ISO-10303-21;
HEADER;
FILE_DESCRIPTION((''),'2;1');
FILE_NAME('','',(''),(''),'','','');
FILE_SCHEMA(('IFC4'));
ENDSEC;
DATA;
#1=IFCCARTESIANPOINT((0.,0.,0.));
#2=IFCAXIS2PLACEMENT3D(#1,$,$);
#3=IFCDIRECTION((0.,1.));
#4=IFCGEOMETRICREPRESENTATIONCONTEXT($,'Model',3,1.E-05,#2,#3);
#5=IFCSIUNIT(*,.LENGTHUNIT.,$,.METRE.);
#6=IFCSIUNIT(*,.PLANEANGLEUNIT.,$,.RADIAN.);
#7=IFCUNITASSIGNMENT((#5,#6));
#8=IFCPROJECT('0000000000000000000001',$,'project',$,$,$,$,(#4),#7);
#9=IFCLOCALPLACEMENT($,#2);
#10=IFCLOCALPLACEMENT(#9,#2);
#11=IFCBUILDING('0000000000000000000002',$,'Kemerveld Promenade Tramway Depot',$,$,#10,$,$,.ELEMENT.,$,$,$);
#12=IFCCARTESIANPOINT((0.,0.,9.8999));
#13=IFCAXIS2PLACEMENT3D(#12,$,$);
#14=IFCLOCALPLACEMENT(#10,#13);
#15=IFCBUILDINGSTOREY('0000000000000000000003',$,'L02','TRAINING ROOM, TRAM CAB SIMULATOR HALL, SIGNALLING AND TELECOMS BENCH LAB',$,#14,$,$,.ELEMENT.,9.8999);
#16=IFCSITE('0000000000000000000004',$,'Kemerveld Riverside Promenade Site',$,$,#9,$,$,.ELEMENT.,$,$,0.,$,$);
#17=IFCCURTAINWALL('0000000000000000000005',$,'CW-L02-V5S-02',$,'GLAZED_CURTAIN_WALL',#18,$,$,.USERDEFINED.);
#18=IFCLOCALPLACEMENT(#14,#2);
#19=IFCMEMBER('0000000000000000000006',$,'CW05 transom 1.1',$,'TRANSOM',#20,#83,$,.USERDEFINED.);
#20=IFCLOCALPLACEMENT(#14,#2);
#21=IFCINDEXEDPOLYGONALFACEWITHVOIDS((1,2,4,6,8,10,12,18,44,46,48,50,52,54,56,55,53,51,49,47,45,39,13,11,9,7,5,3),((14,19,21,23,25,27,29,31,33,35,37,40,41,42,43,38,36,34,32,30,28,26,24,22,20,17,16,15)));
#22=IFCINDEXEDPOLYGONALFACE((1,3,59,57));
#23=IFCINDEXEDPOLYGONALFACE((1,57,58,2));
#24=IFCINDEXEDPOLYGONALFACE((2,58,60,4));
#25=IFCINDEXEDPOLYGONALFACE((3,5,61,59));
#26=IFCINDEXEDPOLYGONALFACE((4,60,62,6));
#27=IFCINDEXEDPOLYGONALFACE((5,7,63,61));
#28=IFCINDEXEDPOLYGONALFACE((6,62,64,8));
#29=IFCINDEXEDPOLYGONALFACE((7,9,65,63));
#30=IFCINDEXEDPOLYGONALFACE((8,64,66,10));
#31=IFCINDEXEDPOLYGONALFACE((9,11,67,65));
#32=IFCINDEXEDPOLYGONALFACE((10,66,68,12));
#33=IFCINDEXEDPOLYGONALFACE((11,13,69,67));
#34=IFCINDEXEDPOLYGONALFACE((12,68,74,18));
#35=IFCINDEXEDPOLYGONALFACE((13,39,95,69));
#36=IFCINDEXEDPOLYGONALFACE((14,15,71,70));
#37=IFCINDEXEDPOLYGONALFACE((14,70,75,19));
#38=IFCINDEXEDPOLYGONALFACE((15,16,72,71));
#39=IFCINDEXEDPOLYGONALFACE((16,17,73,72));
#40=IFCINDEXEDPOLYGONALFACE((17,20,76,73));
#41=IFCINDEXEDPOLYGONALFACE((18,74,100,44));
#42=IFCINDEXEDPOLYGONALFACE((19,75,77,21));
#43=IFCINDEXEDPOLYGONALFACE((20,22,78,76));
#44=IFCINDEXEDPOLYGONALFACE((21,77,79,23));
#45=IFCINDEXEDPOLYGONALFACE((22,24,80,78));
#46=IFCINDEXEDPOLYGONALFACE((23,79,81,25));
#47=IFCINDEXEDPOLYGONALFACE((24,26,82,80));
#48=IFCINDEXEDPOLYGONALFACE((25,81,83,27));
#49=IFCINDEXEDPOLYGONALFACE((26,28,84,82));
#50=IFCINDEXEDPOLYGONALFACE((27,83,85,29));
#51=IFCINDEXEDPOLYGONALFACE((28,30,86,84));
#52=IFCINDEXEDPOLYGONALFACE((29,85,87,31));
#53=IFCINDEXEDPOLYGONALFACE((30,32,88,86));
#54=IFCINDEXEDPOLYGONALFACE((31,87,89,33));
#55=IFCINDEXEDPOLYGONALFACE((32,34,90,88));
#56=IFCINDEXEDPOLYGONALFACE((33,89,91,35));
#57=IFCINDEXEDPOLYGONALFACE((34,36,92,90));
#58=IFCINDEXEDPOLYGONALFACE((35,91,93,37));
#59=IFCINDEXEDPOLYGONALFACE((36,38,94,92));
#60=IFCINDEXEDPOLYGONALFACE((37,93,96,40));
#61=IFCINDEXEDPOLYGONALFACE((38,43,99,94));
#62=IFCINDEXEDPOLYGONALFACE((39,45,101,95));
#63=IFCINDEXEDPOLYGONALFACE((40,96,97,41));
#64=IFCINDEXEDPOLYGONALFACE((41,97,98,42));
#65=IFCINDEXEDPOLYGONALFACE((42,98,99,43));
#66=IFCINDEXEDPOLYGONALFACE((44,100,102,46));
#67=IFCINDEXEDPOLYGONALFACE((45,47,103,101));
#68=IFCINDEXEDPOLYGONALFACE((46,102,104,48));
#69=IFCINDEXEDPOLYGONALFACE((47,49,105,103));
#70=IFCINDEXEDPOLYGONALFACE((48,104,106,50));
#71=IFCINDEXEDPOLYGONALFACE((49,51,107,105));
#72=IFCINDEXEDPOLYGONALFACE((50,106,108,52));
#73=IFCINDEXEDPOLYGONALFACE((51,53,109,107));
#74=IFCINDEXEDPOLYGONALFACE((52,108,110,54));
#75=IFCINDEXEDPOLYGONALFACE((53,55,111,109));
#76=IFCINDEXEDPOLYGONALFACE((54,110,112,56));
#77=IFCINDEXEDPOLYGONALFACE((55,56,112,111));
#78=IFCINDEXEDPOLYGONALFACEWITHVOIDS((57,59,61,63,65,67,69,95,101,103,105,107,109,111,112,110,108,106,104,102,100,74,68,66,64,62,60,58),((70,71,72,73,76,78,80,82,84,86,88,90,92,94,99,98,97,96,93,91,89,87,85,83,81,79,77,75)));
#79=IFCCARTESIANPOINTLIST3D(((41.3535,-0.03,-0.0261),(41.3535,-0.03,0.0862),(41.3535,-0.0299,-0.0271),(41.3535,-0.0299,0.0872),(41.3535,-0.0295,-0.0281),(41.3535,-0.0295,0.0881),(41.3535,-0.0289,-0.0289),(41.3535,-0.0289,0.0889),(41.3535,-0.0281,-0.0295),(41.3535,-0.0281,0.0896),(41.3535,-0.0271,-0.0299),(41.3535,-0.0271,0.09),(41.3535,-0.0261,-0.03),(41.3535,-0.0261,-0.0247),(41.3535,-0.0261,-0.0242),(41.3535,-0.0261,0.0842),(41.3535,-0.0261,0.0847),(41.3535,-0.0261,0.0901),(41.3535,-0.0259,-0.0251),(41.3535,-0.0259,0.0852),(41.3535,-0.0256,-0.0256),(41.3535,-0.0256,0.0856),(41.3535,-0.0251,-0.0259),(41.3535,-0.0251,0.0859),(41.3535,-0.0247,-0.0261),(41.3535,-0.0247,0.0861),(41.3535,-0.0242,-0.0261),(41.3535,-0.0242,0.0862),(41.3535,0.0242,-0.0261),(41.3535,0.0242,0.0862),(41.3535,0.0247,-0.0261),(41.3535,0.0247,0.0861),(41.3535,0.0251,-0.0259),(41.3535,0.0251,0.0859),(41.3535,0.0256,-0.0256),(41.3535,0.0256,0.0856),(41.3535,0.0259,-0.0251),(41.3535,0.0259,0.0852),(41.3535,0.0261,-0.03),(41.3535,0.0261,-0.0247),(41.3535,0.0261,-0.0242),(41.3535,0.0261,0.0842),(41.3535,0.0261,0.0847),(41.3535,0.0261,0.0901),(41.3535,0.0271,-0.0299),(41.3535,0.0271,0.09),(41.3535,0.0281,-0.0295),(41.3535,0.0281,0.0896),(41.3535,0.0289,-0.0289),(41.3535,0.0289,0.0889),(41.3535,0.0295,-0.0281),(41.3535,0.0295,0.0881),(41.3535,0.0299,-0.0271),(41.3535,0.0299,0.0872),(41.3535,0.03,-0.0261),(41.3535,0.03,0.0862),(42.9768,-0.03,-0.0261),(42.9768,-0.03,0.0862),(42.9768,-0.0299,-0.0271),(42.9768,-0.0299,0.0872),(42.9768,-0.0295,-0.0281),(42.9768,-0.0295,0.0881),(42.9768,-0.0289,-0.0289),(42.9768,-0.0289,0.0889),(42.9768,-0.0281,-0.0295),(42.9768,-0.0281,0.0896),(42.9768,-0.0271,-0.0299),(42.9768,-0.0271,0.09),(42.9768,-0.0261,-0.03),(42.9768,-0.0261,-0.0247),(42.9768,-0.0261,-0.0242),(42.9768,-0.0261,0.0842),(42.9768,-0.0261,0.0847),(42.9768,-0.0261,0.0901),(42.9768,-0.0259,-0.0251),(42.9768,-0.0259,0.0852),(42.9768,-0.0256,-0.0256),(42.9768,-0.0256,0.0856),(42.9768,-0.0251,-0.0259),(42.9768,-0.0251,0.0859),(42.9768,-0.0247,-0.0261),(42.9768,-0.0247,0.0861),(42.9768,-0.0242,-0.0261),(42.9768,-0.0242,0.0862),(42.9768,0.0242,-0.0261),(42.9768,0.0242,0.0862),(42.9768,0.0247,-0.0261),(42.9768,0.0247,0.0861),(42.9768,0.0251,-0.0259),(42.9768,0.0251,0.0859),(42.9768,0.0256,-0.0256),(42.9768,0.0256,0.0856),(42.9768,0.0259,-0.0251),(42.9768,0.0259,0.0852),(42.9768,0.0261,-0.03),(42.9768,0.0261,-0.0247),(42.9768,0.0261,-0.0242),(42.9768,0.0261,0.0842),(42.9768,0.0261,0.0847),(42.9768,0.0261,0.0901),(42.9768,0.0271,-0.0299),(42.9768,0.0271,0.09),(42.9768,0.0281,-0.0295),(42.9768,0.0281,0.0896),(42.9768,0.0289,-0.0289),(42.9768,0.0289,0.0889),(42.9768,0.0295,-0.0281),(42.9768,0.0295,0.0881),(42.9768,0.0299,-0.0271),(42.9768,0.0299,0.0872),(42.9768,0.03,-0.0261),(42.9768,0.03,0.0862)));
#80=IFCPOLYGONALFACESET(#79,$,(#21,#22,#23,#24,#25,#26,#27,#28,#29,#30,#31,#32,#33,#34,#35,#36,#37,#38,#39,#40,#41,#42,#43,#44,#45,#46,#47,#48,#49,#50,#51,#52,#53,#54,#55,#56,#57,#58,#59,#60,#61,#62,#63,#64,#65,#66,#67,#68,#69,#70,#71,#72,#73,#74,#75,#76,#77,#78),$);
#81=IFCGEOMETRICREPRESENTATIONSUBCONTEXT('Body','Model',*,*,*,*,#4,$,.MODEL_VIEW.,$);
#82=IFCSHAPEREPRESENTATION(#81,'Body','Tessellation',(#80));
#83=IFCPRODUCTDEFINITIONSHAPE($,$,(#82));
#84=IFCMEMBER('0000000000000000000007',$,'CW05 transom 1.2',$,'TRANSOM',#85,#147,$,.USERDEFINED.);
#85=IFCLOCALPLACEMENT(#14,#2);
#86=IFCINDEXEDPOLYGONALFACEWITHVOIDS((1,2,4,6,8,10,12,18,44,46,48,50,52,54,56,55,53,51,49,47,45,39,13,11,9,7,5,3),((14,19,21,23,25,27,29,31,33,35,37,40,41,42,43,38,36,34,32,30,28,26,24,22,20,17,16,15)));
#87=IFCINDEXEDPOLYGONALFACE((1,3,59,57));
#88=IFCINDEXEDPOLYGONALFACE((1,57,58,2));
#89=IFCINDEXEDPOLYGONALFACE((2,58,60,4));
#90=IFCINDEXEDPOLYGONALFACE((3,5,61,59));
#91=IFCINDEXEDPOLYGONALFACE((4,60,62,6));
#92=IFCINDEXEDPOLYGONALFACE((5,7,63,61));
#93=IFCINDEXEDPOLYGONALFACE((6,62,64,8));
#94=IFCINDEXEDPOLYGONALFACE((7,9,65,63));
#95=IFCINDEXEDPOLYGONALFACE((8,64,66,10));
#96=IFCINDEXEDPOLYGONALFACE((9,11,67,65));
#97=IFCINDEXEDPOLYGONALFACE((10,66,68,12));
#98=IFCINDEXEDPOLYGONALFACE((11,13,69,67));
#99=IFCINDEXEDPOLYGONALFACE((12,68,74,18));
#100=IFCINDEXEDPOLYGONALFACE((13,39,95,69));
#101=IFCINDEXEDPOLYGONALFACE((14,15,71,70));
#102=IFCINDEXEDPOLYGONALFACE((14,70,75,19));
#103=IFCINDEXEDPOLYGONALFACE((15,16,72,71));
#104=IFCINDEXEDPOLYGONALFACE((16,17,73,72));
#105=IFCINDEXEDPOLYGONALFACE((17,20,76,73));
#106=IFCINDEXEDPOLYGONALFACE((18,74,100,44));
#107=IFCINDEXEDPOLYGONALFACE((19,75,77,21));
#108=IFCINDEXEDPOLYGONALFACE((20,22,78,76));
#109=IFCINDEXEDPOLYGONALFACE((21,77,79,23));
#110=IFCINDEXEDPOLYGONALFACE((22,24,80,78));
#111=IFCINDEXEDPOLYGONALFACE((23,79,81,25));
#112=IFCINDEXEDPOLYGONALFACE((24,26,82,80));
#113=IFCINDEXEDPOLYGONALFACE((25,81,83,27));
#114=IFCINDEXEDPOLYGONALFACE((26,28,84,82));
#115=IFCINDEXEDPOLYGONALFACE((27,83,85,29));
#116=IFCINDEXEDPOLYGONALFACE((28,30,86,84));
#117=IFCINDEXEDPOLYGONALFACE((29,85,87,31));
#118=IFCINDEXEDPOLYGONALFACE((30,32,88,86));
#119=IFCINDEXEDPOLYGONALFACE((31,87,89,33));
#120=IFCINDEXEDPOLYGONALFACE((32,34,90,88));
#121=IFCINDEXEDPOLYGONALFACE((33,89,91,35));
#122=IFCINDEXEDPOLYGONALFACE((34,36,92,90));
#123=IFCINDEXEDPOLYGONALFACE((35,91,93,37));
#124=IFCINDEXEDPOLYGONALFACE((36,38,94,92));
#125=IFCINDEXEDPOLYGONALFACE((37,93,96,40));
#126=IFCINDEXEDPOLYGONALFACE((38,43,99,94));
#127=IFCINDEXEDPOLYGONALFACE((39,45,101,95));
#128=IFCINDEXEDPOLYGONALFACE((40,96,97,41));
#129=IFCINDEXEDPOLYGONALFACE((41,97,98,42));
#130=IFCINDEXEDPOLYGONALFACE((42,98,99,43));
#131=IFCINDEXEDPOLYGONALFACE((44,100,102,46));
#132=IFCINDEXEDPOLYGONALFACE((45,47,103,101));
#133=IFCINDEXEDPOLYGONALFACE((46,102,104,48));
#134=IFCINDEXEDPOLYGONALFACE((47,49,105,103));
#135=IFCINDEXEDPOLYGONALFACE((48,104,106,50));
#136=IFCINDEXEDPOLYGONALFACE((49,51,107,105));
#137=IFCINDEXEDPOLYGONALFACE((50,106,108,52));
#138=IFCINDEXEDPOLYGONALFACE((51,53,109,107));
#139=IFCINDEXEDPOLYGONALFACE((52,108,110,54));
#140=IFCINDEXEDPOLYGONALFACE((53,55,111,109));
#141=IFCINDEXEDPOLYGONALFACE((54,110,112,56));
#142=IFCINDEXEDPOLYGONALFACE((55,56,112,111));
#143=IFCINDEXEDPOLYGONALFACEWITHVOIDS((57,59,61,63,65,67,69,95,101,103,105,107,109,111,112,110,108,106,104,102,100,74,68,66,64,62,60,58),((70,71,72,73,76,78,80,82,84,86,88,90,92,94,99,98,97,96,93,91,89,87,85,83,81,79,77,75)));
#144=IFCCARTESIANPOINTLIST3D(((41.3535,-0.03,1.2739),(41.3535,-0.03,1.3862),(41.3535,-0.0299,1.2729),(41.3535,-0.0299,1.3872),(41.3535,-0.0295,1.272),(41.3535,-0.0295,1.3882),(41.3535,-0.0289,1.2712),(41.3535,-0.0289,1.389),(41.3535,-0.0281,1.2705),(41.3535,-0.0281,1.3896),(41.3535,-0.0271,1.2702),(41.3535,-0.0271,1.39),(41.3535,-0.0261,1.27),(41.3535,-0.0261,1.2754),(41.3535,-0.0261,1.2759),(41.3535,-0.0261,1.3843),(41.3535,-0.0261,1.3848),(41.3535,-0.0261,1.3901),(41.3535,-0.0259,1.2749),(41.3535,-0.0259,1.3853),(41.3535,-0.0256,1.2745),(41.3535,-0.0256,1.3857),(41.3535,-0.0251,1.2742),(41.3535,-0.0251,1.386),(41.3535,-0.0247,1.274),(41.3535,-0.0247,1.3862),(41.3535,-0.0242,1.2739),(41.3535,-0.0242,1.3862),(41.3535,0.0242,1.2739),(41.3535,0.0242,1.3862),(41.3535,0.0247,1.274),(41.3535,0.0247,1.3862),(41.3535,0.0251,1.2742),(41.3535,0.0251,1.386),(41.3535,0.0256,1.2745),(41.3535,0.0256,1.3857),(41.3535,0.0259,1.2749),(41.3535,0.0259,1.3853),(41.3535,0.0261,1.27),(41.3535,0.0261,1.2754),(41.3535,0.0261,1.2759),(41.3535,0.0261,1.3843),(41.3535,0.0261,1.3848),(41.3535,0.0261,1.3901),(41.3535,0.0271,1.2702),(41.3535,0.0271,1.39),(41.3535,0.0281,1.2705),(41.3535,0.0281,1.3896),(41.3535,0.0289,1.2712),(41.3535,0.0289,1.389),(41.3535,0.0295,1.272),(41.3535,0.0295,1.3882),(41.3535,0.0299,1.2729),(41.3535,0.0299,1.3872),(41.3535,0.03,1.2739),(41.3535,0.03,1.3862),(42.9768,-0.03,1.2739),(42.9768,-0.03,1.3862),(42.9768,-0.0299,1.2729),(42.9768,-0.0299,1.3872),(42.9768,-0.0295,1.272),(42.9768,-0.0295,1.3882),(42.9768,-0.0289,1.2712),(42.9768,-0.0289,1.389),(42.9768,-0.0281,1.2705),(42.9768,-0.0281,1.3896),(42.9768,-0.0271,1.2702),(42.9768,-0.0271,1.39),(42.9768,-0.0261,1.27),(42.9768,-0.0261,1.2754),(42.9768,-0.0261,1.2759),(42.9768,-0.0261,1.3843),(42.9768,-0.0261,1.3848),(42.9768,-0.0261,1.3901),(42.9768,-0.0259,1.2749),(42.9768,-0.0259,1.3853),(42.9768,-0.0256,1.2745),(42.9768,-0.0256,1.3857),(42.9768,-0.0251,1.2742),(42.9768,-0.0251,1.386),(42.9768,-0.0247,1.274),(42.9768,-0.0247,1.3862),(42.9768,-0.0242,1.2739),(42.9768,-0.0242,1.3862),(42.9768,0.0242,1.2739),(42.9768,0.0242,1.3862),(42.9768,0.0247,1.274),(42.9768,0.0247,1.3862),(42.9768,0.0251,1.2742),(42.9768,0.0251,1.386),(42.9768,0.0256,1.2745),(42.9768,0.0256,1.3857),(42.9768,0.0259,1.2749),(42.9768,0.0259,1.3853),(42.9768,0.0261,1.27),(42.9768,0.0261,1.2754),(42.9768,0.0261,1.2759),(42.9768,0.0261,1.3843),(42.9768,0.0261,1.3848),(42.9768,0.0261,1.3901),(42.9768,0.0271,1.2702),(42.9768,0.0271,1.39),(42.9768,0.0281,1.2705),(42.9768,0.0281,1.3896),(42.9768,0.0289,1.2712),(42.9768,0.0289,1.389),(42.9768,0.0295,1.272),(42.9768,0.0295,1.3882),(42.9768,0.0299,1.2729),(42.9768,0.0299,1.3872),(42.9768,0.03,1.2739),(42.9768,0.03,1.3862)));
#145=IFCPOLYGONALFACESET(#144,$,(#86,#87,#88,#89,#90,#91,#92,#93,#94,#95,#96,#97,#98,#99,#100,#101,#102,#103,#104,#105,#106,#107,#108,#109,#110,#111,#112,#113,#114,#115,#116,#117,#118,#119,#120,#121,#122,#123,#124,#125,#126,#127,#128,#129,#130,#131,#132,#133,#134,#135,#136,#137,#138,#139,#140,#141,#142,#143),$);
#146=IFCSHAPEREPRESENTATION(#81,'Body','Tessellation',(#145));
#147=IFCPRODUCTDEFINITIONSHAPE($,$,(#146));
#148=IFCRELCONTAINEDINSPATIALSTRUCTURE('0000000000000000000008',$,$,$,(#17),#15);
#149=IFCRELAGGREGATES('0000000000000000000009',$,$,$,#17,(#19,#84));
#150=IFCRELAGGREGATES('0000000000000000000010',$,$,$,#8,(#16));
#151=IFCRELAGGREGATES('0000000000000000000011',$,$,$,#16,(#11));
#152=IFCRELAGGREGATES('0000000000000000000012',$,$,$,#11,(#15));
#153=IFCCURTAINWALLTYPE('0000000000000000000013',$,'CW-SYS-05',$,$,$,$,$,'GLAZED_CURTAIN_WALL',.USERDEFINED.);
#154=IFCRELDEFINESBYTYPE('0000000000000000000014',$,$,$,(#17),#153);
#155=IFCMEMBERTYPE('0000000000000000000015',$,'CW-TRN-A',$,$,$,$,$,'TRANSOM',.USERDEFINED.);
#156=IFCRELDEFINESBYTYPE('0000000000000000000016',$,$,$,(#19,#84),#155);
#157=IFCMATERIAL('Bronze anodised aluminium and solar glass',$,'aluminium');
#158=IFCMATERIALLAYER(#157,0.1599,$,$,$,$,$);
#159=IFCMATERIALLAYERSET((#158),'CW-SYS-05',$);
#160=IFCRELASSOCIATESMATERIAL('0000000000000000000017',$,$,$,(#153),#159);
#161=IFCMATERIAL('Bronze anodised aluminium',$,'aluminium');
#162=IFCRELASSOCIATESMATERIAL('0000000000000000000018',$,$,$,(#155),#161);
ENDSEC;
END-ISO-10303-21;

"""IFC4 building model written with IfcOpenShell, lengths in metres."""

from ifc_helpers import new_model, si_unit, direction, frame, origin, origin_2d, place, context, subcontext, project, spatial, hollow_rectangle, extrude, material, layer, layer_set, material_profile, profile_set, type_object, element, aggregate, save


model = new_model("IFC4")

# Units and contexts
model_context = context("Model", 3, precision=1e-05, world=origin(), true_north=direction((0.0, 1.0)))
body_context = subcontext(model_context, "Body", "Model", "MODEL_VIEW")
ifc_project = project(units=[si_unit("LENGTHUNIT", "METRE"), si_unit("PLANEANGLEUNIT", "RADIAN")], contexts=[model_context])

# Site, building, storey
site_placement = place(None, origin())
site = spatial("IfcSite", under=ifc_project, at=site_placement, Name="Kemerveld Riverside Promenade Site", CompositionType="ELEMENT", RefElevation=0.0)
building_placement = place(site_placement, origin())
building = spatial("IfcBuilding", under=site, at=building_placement, Name="Kemerveld Promenade Tramway Depot", CompositionType="ELEMENT")
storey_placement = place(building_placement, frame((0.0, 0.0, 9.8999)))
storey = spatial("IfcBuildingStorey", under=building, at=storey_placement, Name="L02", Description="TRAINING ROOM, TRAM CAB SIMULATOR HALL, SIGNALLING AND TELECOMS BENCH LAB", CompositionType="ELEMENT", Elevation=9.8999)

# Curtain wall, members
ifc_material_1 = material(Name="Bronze anodised aluminium and solar glass", Category="aluminium")
ifc_layer_1 = layer(ifc_material_1, 0.1599)
ifc_layer_set_1 = layer_set([ifc_layer_1], Name="CW-SYS-05")
curtain_wall_type = type_object("IfcCurtainWallType", Name="CW-SYS-05", ElementType="GLAZED_CURTAIN_WALL", PredefinedType="USERDEFINED", material=ifc_layer_set_1)
curtain_wall_placement = place(storey_placement, origin())
curtain_wall = element("IfcCurtainWall", 1, at=curtain_wall_placement, inside=storey, type_object=curtain_wall_type, Name="CW-L02-V5S-02", ObjectType="GLAZED_CURTAIN_WALL", PredefinedType="USERDEFINED")
ifc_material_2 = material(Name="Bronze anodised aluminium", Category="aluminium")
ifc_material_profile_1 = material_profile(ifc_material_2, hollow_rectangle(XDim=0.0601, YDim=0.1201, WallThickness=0.0039, InnerFilletRadius=0.002, OuterFilletRadius=0.0039, at=origin_2d()), Name="CW-TRN-120x60")
ifc_profile_set_1 = profile_set([ifc_material_profile_1], Name="Bronze anodised aluminium")
member_type_1 = type_object("IfcMemberType", Name="CW-TRN-A", ElementType="TRANSOM", PredefinedType="USERDEFINED", material=ifc_profile_set_1)
member_1_placement = place(storey_placement, frame((42.9768, 0.0, 0.03), z_axis=(-1.0, 0.0, 0.0), x_axis=(0.0, -1.0, 0.0)))
member_1 = element("IfcMember", 2, at=member_1_placement, type_object=member_type_1, Name="CW05 transom 1.1", ObjectType="TRANSOM", PredefinedType="USERDEFINED", context=body_context, shape_type="SweptSolid", body=[
    extrude(hollow_rectangle(XDim=0.0601, YDim=0.1201, WallThickness=0.0039, InnerFilletRadius=0.002, OuterFilletRadius=0.0039, at=origin_2d()), origin(), (0.0, 0.0, 1.0), 1.6233),
])
member_2_placement = place(storey_placement, frame((42.9768, 0.0, 1.3301), z_axis=(-1.0, 0.0, 0.0), x_axis=(0.0, -1.0, 0.0)))
member_2 = element("IfcMember", 3, at=member_2_placement, type_object=member_type_1, Name="CW05 transom 1.2", ObjectType="TRANSOM", PredefinedType="USERDEFINED", context=body_context, shape_type="SweptSolid", body=[
    extrude(hollow_rectangle(XDim=0.0601, YDim=0.1201, WallThickness=0.0039, InnerFilletRadius=0.002, OuterFilletRadius=0.0039, at=origin_2d()), origin(), (0.0, 0.0, 1.0), 1.6233),
])
aggregate(curtain_wall, [member_1, member_2])

save(model, "model.ifc")
